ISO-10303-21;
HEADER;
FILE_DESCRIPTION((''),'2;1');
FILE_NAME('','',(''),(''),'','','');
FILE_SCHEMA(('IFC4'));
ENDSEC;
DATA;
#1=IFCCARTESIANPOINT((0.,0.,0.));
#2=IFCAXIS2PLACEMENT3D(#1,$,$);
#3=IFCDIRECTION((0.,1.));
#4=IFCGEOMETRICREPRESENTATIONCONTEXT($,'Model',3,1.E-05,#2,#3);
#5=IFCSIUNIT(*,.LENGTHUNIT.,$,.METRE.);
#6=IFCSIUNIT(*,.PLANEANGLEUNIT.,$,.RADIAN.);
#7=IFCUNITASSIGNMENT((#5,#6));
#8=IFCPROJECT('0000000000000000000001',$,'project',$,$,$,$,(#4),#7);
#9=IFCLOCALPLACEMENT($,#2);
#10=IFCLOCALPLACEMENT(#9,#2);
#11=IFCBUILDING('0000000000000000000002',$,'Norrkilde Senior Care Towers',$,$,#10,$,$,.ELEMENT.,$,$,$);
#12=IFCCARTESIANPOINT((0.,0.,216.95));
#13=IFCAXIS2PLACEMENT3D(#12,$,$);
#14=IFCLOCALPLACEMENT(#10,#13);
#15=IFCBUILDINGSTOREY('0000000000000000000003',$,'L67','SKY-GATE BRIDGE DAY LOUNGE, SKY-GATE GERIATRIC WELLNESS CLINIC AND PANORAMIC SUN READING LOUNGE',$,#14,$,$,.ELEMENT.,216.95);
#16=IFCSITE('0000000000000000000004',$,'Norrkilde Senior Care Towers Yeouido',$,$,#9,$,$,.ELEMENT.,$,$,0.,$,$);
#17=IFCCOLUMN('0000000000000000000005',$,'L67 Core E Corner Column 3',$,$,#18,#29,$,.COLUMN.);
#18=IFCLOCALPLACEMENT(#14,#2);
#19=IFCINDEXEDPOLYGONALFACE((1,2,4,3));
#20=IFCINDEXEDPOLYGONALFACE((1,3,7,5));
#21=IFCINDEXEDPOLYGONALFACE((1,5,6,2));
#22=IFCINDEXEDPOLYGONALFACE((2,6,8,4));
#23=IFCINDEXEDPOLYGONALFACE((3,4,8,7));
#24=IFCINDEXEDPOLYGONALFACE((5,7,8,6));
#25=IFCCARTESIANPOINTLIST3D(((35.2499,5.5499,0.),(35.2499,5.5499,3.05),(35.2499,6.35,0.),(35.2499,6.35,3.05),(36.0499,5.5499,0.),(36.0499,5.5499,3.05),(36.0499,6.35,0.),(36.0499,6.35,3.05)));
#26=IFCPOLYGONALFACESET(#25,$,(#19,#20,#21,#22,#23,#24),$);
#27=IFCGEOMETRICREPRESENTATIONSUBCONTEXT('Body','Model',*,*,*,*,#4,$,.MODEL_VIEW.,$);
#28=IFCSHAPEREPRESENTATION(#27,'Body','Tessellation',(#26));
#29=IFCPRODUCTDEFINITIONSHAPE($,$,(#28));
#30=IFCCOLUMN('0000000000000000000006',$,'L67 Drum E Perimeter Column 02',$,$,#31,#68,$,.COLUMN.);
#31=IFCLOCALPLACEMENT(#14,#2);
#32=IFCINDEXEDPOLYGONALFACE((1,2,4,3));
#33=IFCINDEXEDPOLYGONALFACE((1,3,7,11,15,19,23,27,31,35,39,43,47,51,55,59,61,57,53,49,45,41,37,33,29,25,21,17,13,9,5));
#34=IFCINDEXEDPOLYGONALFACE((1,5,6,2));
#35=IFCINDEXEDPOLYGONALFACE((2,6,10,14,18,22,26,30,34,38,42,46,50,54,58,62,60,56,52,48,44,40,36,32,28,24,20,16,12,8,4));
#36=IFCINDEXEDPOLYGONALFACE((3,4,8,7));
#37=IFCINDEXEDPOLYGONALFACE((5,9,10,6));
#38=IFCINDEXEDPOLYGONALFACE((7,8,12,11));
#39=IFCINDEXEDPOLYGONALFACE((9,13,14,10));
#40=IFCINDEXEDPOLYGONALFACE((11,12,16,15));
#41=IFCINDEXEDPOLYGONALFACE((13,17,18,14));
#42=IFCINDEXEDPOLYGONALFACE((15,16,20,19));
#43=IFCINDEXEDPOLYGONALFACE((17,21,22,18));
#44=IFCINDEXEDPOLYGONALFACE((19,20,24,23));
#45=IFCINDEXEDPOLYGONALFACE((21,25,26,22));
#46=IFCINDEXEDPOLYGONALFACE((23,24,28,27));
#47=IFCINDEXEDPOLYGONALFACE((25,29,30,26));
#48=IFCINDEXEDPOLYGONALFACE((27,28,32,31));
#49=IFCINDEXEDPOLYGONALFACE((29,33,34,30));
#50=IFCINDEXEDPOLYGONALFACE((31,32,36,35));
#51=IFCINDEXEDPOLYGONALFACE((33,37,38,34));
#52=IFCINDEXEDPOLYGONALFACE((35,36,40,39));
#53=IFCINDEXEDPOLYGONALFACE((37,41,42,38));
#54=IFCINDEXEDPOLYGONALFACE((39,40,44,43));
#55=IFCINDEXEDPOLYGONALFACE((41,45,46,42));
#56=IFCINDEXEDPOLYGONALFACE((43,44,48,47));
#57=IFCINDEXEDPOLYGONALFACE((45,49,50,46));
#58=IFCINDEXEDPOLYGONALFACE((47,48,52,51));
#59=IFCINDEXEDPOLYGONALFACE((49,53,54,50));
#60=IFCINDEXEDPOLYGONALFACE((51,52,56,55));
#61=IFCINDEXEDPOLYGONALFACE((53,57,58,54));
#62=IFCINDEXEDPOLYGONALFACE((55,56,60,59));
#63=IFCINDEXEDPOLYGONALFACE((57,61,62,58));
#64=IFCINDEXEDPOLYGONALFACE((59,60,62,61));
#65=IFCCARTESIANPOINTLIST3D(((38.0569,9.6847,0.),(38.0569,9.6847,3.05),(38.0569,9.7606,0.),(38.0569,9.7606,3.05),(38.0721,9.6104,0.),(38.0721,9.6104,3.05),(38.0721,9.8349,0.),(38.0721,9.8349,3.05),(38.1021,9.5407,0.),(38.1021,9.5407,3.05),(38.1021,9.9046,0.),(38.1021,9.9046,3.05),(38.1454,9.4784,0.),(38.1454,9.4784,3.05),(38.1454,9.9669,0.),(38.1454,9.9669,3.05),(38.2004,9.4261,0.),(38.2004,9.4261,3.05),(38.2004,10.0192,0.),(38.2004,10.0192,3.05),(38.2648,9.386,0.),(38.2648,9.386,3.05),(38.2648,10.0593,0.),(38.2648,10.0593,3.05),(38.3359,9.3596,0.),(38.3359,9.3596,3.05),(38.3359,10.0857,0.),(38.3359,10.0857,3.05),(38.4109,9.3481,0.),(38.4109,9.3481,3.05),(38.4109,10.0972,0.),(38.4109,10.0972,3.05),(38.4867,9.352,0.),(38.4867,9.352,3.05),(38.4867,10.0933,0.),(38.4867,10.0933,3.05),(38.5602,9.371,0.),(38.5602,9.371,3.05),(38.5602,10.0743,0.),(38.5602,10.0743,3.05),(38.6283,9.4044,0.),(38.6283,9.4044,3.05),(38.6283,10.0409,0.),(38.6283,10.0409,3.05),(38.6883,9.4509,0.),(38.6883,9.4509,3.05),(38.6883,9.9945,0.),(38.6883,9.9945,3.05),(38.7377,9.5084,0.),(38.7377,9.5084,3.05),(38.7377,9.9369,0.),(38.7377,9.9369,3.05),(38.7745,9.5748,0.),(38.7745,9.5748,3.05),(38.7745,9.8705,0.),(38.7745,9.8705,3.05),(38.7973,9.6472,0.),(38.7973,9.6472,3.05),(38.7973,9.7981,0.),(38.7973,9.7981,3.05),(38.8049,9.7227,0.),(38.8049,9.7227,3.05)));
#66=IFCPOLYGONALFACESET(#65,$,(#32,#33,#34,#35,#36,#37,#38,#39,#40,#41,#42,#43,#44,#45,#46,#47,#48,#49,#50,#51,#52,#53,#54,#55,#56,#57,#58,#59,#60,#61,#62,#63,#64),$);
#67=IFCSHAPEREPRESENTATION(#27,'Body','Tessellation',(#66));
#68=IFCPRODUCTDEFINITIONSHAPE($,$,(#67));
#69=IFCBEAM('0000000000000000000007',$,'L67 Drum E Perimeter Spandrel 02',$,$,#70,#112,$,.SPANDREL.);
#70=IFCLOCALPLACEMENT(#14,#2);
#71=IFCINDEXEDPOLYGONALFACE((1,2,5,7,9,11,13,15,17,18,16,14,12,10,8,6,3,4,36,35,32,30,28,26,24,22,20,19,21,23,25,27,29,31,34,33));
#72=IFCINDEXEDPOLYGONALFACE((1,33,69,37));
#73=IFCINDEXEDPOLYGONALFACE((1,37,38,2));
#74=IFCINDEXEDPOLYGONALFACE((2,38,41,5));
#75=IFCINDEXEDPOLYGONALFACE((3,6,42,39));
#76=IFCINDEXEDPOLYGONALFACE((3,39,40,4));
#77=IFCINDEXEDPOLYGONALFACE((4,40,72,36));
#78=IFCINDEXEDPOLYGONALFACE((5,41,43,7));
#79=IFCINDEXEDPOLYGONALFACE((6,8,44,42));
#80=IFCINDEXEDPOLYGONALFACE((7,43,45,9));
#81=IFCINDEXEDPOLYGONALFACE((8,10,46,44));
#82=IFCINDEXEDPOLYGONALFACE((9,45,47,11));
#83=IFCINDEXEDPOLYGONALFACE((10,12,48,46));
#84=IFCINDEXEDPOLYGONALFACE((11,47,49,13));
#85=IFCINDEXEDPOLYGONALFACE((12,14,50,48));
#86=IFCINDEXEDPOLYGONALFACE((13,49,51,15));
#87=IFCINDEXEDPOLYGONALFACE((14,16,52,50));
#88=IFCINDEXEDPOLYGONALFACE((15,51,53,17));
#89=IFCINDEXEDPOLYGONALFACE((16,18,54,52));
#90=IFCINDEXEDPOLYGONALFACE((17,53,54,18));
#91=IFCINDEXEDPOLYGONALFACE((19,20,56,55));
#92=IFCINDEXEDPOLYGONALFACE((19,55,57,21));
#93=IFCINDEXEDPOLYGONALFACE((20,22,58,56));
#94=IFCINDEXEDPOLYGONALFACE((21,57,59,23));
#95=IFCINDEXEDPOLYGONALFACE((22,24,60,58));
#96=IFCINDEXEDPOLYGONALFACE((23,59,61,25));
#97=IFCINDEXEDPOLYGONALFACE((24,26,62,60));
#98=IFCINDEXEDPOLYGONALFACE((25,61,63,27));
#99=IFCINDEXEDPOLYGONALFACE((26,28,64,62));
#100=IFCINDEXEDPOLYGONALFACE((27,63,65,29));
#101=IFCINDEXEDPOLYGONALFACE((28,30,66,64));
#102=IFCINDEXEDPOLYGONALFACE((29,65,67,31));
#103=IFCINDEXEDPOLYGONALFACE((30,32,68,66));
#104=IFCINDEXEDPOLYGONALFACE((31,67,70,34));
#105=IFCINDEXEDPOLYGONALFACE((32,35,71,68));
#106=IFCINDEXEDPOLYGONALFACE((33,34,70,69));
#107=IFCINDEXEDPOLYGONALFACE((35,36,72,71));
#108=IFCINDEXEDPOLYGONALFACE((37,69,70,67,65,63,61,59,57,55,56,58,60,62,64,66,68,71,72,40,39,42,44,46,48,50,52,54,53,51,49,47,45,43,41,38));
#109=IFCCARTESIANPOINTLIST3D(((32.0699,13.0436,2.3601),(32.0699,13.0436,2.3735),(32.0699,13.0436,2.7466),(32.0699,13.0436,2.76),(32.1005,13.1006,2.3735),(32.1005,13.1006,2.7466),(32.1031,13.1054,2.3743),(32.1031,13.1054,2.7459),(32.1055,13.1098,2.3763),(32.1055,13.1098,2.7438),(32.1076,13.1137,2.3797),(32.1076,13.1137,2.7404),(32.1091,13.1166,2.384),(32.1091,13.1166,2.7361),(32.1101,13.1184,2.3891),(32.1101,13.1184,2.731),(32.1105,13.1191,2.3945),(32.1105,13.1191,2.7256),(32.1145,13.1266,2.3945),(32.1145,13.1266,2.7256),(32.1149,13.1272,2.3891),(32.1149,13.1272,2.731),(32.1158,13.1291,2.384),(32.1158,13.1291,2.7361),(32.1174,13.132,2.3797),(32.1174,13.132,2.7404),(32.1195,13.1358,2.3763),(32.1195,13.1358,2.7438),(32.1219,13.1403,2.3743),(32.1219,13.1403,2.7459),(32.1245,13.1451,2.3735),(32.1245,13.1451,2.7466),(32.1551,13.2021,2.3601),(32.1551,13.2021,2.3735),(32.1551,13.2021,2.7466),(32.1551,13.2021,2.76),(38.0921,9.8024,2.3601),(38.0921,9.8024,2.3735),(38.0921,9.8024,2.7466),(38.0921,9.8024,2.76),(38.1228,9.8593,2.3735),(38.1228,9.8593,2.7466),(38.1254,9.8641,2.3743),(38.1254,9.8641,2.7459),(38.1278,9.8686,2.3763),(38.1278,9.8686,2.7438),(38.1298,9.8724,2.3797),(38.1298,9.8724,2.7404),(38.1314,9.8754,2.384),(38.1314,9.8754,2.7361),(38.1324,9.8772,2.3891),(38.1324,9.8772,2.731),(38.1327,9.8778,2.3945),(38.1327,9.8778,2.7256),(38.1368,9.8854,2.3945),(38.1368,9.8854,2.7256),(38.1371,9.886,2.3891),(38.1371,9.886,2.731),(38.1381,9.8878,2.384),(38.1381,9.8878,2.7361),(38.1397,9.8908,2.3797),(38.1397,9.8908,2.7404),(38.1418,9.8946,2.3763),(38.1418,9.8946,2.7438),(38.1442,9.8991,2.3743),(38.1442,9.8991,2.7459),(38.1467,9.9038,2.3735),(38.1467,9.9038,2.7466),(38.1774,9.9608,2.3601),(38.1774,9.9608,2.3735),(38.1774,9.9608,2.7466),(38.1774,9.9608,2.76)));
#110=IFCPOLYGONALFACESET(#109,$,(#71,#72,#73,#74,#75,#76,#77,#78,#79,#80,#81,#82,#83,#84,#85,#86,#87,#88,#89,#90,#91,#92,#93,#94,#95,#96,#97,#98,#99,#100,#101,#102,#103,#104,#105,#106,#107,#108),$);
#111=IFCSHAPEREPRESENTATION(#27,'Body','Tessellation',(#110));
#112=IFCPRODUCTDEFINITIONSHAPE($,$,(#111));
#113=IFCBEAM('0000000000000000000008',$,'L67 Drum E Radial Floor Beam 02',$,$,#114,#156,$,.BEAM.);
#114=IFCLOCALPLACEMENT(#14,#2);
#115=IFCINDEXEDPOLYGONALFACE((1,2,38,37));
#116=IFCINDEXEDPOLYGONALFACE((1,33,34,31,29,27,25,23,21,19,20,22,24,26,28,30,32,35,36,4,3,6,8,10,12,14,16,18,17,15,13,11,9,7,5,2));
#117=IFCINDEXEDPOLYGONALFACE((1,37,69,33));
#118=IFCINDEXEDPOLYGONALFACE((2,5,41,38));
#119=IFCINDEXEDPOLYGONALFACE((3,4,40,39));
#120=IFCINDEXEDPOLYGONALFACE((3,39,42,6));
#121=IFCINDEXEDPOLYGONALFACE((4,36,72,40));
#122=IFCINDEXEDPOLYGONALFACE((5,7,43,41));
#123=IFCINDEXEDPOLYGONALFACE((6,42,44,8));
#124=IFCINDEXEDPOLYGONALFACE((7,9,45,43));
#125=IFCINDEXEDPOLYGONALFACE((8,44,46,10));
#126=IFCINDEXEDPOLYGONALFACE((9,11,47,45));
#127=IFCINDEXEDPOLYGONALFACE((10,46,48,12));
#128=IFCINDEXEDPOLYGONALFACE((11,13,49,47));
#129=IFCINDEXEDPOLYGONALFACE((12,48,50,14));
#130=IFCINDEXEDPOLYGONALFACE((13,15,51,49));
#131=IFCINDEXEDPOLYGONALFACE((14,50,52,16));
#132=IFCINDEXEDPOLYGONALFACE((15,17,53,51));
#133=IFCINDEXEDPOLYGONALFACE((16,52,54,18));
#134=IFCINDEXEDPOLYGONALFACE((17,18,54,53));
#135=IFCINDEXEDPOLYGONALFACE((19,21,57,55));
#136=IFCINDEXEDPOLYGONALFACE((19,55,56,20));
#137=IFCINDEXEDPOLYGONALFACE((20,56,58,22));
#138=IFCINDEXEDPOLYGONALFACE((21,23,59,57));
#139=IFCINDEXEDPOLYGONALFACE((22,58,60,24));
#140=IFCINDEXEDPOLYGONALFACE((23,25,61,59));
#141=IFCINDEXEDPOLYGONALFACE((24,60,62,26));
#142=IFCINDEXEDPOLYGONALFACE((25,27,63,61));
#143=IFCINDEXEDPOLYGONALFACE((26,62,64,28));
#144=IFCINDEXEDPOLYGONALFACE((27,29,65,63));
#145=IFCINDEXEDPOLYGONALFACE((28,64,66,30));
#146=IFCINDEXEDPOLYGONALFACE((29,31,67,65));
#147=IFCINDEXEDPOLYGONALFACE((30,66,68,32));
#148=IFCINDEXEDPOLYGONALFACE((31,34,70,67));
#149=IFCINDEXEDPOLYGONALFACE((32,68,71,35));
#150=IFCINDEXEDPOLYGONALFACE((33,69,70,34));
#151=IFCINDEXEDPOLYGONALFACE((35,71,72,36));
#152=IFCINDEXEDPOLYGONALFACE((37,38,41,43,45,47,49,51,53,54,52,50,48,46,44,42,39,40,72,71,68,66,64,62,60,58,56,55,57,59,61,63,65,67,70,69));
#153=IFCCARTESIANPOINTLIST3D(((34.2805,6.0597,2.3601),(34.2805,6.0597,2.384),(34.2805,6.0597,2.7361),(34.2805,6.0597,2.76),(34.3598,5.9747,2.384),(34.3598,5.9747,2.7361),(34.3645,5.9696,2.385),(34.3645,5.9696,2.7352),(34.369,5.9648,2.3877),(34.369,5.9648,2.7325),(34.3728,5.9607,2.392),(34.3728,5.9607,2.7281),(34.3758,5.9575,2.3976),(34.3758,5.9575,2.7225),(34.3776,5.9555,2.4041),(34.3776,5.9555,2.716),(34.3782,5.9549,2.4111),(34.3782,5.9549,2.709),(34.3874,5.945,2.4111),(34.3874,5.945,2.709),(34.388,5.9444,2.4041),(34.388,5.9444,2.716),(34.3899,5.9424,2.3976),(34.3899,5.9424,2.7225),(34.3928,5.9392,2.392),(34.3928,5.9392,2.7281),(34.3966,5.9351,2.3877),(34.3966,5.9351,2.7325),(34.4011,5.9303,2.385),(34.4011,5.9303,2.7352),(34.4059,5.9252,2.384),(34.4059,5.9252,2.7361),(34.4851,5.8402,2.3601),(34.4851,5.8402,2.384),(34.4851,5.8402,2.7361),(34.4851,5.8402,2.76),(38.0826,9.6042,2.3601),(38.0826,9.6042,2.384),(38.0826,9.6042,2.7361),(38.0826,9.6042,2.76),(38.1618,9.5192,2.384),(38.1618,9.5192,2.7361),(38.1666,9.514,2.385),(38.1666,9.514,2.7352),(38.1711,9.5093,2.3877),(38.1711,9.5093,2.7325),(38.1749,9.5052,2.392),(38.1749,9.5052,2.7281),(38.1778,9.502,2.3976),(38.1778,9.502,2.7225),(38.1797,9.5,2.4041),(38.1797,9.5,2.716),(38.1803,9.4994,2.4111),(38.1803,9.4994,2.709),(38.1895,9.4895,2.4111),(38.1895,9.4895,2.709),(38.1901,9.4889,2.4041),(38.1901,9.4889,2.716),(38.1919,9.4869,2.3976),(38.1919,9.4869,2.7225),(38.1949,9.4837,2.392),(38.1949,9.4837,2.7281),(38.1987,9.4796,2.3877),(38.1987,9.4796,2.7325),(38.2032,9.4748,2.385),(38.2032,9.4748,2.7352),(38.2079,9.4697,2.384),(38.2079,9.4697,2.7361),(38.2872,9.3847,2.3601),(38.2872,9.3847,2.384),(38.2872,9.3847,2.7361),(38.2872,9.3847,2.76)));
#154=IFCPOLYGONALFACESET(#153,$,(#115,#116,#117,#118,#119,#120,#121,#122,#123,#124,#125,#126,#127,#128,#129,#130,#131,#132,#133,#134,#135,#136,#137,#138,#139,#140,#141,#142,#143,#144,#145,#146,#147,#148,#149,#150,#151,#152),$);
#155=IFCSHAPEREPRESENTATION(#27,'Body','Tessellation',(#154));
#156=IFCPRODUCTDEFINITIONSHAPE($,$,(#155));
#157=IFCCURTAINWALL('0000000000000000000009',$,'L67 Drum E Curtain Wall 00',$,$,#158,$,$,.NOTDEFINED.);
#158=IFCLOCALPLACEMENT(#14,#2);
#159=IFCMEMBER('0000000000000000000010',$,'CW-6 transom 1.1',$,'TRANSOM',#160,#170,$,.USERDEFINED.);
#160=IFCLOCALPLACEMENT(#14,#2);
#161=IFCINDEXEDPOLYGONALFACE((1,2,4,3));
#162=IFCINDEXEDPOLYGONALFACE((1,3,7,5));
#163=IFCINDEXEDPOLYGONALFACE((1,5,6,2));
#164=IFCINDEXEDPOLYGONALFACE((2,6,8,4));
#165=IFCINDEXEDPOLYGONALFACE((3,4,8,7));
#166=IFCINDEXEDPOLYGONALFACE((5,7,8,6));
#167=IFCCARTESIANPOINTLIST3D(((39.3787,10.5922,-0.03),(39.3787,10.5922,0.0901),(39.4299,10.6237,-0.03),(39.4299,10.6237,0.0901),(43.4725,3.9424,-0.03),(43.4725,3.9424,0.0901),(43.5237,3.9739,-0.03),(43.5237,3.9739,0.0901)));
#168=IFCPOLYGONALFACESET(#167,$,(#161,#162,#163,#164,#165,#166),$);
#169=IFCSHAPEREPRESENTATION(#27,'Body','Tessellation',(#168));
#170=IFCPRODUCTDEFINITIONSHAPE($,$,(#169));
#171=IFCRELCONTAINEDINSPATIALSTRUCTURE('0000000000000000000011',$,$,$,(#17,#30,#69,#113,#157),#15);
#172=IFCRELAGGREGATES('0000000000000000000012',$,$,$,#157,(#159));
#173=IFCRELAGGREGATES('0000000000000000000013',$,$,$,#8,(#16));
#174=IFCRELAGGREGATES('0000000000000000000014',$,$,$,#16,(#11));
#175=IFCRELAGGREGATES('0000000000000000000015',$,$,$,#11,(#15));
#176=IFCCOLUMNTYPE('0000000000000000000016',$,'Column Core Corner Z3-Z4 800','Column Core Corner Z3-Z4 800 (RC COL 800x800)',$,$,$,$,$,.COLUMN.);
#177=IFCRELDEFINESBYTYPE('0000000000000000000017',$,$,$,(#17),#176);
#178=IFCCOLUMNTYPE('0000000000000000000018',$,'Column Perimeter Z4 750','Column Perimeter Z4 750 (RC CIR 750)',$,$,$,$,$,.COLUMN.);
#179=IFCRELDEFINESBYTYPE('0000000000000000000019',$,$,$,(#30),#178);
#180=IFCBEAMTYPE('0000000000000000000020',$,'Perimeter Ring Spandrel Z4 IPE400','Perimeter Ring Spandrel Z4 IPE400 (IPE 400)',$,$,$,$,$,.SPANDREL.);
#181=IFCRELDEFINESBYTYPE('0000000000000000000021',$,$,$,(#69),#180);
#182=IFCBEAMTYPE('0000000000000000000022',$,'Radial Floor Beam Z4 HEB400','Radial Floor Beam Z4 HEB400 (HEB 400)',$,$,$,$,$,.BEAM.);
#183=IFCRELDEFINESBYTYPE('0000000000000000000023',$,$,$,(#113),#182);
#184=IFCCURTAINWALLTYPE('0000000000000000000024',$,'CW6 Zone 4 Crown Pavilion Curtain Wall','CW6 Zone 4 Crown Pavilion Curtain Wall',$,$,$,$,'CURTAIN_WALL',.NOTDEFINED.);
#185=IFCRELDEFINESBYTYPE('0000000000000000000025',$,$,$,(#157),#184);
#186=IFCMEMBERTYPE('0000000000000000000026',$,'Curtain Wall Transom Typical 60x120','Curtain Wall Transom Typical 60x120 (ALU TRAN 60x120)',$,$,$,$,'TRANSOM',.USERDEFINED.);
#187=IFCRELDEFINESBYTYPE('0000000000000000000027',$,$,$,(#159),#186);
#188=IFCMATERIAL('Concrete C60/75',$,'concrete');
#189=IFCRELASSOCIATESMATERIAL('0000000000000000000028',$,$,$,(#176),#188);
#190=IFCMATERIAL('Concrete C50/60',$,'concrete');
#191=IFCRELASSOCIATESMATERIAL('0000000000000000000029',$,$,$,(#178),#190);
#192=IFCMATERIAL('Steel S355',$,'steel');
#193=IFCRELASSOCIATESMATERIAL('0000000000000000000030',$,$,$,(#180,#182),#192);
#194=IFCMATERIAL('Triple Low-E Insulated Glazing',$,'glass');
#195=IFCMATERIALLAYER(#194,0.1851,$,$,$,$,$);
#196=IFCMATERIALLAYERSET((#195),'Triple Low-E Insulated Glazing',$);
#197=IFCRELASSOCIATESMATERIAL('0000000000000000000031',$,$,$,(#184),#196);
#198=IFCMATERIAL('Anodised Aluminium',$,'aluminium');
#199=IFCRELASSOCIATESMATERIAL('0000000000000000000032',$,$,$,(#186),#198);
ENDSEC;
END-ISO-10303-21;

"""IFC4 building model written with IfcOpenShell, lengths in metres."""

from ifc_helpers import new_model, si_unit, direction, frame, origin, origin_2d, place, context, subcontext, project, spatial, rectangle, circle, i_section, extrude, source, transform, mapped, material, layer, layer_set, material_profile, profile_set, type_object, type_shapes, element, aggregate, save


model = new_model("IFC4")

# Units and contexts
model_context = context("Model", 3, precision=1e-05, world=origin(), true_north=direction((0.0, 1.0)))
body_context = subcontext(model_context, "Body", "Model", "MODEL_VIEW")
ifc_project = project(units=[si_unit("LENGTHUNIT", "METRE"), si_unit("PLANEANGLEUNIT", "RADIAN")], contexts=[model_context])

# Site, building, storey
site_placement = place(None, origin())
site = spatial("IfcSite", under=ifc_project, at=site_placement, Name="Norrkilde Senior Care Towers Yeouido", CompositionType="ELEMENT", RefElevation=0.0)
building_placement = place(site_placement, origin())
building = spatial("IfcBuilding", under=site, at=building_placement, Name="Norrkilde Senior Care Towers", CompositionType="ELEMENT")
storey_placement = place(building_placement, frame((0.0, 0.0, 216.95)))
storey = spatial("IfcBuildingStorey", under=building, at=storey_placement, Name="L67", Description="SKY-GATE BRIDGE DAY LOUNGE, SKY-GATE GERIATRIC WELLNESS CLINIC AND PANORAMIC SUN READING LOUNGE", CompositionType="ELEMENT", Elevation=216.95)

# Columns
ifc_material_1 = material(Name="Concrete C60/75", Category="concrete")
ifc_material_profile_1 = material_profile(ifc_material_1, rectangle(XDim=0.8, YDim=0.8, at=origin_2d()), Name="RC COL 800x800")
ifc_profile_set_1 = profile_set([ifc_material_profile_1], Name="Concrete C60/75")
column_type_1 = type_object("IfcColumnType", Name="Column Core Corner Z3-Z4 800", Description="Column Core Corner Z3-Z4 800 (RC COL 800x800)", PredefinedType="COLUMN", material=ifc_profile_set_1)
shared_shape_1 = source(origin(), body_context, "Body", "SweptSolid", [
    extrude(rectangle(XDim=0.8, YDim=0.8, at=origin_2d()), origin(), (0.0, 0.0, 1.0), 3.05),
])
type_shapes(column_type_1, [shared_shape_1])
column_1_placement = place(storey_placement, frame((35.6499, 5.95, 0.0), z_axis=(0.0, 0.0, 1.0), x_axis=(1.0, 0.0, 0.0)))
element("IfcColumn", 1, at=column_1_placement, inside=storey, type_object=column_type_1, Name="L67 Core E Corner Column 3", PredefinedType="COLUMN", context=body_context, shape_type="MappedRepresentation", body=[
    mapped(shared_shape_1, transform((0.0, 0.0, 0.0), x_axis=(1.0, 0.0, 0.0), y_axis=(0.0, 1.0, 0.0), z_axis=(0.0, 0.0, 1.0), scale=1.0)),
])
ifc_material_2 = material(Name="Concrete C50/60", Category="concrete")
ifc_material_profile_2 = material_profile(ifc_material_2, circle(Radius=0.375, at=origin_2d()), Name="RC CIR 750")
ifc_profile_set_2 = profile_set([ifc_material_profile_2], Name="Concrete C50/60")
column_type_2 = type_object("IfcColumnType", Name="Column Perimeter Z4 750", Description="Column Perimeter Z4 750 (RC CIR 750)", PredefinedType="COLUMN", material=ifc_profile_set_2)
shared_shape_2 = source(origin(), body_context, "Body", "SweptSolid", [
    extrude(circle(Radius=0.375, at=origin_2d()), origin(), (0.0, 0.0, 1.0), 3.05),
])
type_shapes(column_type_2, [shared_shape_2])
column_2_placement = place(storey_placement, frame((38.4299, 9.7227, 0.0), z_axis=(0.0, 0.0, 1.0), x_axis=(1.0, 0.0, 0.0)))
element("IfcColumn", 2, at=column_2_placement, inside=storey, type_object=column_type_2, Name="L67 Drum E Perimeter Column 02", PredefinedType="COLUMN", context=body_context, shape_type="MappedRepresentation", body=[
    mapped(shared_shape_2, transform((0.0, 0.0, 0.0), x_axis=(1.0, 0.0, 0.0), y_axis=(0.0, 1.0, 0.0), z_axis=(0.0, 0.0, 1.0), scale=1.0)),
])

# Beams
ifc_material_3 = material(Name="Steel S355", Category="steel")
ifc_material_profile_3 = material_profile(ifc_material_3, i_section(OverallWidth=0.1799, OverallDepth=0.3999, WebThickness=0.0085, FlangeThickness=0.0134, FilletRadius=0.021, at=origin_2d()), Name="IPE 400")
ifc_profile_set_3 = profile_set([ifc_material_profile_3], Name="Steel S355")
beam_type_1 = type_object("IfcBeamType", Name="Perimeter Ring Spandrel Z4 IPE400", Description="Perimeter Ring Spandrel Z4 IPE400 (IPE 400)", PredefinedType="SPANDREL", material=ifc_profile_set_3)
shared_shape_3 = source(origin(), body_context, "Body", "SweptSolid", [
    extrude(i_section(OverallWidth=0.1799, OverallDepth=0.3999, WebThickness=0.0085, FlangeThickness=0.0134, FilletRadius=0.021, at=origin_2d()), origin(), (0.0, 0.0, 1.0), 6.8391),
])
type_shapes(beam_type_1, [shared_shape_3])
beam_1_placement = place(storey_placement, frame((38.1348, 9.8816, 2.5601), z_axis=(-0.880564, 0.473927, 0.0), x_axis=(-0.473927, -0.880564, 0.0)))
element("IfcBeam", 3, at=beam_1_placement, inside=storey, type_object=beam_type_1, Name="L67 Drum E Perimeter Spandrel 02", PredefinedType="SPANDREL", context=body_context, shape_type="MappedRepresentation", body=[
    mapped(shared_shape_3, transform((0.0, 0.0, 0.0), x_axis=(1.0, 0.0, 0.0), y_axis=(0.0, 1.0, 0.0), z_axis=(0.0, 0.0, 1.0), scale=1.0)),
])
ifc_material_profile_4 = material_profile(ifc_material_3, i_section(OverallWidth=0.3, OverallDepth=0.3999, WebThickness=0.0134, FlangeThickness=0.0239, FilletRadius=0.0271, at=origin_2d()), Name="HEB 400")
ifc_profile_set_4 = profile_set([ifc_material_profile_4], Name="Steel S355")
beam_type_2 = type_object("IfcBeamType", Name="Radial Floor Beam Z4 HEB400", Description="Radial Floor Beam Z4 HEB400 (HEB 400)", PredefinedType="BEAM", material=ifc_profile_set_4)
shared_shape_4 = source(origin(), body_context, "Body", "SweptSolid", [
    extrude(i_section(OverallWidth=0.3, OverallDepth=0.3999, WebThickness=0.0134, FlangeThickness=0.0239, FilletRadius=0.0271, at=origin_2d()), origin(), (0.0, 0.0, 1.0), 5.198),
])
type_shapes(beam_type_2, [shared_shape_4])
beam_2_placement = place(storey_placement, frame((34.3828, 5.95, 2.5601), z_axis=(0.731449, 0.681896, 0.0), x_axis=(-0.681896, 0.731449, 0.0)))
element("IfcBeam", 4, at=beam_2_placement, inside=storey, type_object=beam_type_2, Name="L67 Drum E Radial Floor Beam 02", PredefinedType="BEAM", context=body_context, shape_type="MappedRepresentation", body=[
    mapped(shared_shape_4, transform((0.0, 0.0, 0.0), x_axis=(1.0, 0.0, 0.0), y_axis=(0.0, 1.0, 0.0), z_axis=(0.0, 0.0, 1.0), scale=1.0)),
])

# Curtain wall, member
ifc_material_4 = material(Name="Triple Low-E Insulated Glazing", Category="glass")
ifc_layer_1 = layer(ifc_material_4, 0.1851)
ifc_layer_set_1 = layer_set([ifc_layer_1], Name="Triple Low-E Insulated Glazing")
curtain_wall_type = type_object("IfcCurtainWallType", Name="CW6 Zone 4 Crown Pavilion Curtain Wall", Description="CW6 Zone 4 Crown Pavilion Curtain Wall", ElementType="CURTAIN_WALL", PredefinedType="NOTDEFINED", material=ifc_layer_set_1)
curtain_wall_1_placement = place(storey_placement, origin())
curtain_wall_1 = element("IfcCurtainWall", 5, at=curtain_wall_1_placement, inside=storey, type_object=curtain_wall_type, Name="L67 Drum E Curtain Wall 00", PredefinedType="NOTDEFINED")
ifc_material_5 = material(Name="Anodised Aluminium", Category="aluminium")
ifc_material_profile_5 = material_profile(ifc_material_5, rectangle(XDim=0.0601, YDim=0.1201, at=origin_2d()), Name="ALU TRAN 60x120")
ifc_profile_set_5 = profile_set([ifc_material_profile_5], Name="Anodised Aluminium")
member_type_1 = type_object("IfcMemberType", Name="Curtain Wall Transom Typical 60x120", Description="Curtain Wall Transom Typical 60x120 (ALU TRAN 60x120)", ElementType="TRANSOM", PredefinedType="USERDEFINED", material=ifc_profile_set_5)
shared_shape_5 = source(origin(), body_context, "Body", "SweptSolid", [
    extrude(rectangle(XDim=0.0601, YDim=0.1201, at=origin_2d()), origin(), (0.0, 0.0, 1.0), 7.8088),
])
type_shapes(member_type_1, [shared_shape_5])
member_1_placement = place(storey_placement, frame((39.4043, 10.6079, 0.03), z_axis=(0.524251, -0.851564, 0.0), x_axis=(0.851564, 0.524251, 0.0)))
member_1 = element("IfcMember", 6, at=member_1_placement, type_object=member_type_1, Name="CW-6 transom 1.1", ObjectType="TRANSOM", PredefinedType="USERDEFINED", context=body_context, shape_type="MappedRepresentation", body=[
    mapped(shared_shape_5, transform((0.0, 0.0, 0.0), x_axis=(1.0, 0.0, 0.0), y_axis=(0.0, 1.0, 0.0), z_axis=(0.0, 0.0, 1.0), scale=1.0)),
])

aggregate(curtain_wall_1, [member_1])

save(model, "model.ifc")
